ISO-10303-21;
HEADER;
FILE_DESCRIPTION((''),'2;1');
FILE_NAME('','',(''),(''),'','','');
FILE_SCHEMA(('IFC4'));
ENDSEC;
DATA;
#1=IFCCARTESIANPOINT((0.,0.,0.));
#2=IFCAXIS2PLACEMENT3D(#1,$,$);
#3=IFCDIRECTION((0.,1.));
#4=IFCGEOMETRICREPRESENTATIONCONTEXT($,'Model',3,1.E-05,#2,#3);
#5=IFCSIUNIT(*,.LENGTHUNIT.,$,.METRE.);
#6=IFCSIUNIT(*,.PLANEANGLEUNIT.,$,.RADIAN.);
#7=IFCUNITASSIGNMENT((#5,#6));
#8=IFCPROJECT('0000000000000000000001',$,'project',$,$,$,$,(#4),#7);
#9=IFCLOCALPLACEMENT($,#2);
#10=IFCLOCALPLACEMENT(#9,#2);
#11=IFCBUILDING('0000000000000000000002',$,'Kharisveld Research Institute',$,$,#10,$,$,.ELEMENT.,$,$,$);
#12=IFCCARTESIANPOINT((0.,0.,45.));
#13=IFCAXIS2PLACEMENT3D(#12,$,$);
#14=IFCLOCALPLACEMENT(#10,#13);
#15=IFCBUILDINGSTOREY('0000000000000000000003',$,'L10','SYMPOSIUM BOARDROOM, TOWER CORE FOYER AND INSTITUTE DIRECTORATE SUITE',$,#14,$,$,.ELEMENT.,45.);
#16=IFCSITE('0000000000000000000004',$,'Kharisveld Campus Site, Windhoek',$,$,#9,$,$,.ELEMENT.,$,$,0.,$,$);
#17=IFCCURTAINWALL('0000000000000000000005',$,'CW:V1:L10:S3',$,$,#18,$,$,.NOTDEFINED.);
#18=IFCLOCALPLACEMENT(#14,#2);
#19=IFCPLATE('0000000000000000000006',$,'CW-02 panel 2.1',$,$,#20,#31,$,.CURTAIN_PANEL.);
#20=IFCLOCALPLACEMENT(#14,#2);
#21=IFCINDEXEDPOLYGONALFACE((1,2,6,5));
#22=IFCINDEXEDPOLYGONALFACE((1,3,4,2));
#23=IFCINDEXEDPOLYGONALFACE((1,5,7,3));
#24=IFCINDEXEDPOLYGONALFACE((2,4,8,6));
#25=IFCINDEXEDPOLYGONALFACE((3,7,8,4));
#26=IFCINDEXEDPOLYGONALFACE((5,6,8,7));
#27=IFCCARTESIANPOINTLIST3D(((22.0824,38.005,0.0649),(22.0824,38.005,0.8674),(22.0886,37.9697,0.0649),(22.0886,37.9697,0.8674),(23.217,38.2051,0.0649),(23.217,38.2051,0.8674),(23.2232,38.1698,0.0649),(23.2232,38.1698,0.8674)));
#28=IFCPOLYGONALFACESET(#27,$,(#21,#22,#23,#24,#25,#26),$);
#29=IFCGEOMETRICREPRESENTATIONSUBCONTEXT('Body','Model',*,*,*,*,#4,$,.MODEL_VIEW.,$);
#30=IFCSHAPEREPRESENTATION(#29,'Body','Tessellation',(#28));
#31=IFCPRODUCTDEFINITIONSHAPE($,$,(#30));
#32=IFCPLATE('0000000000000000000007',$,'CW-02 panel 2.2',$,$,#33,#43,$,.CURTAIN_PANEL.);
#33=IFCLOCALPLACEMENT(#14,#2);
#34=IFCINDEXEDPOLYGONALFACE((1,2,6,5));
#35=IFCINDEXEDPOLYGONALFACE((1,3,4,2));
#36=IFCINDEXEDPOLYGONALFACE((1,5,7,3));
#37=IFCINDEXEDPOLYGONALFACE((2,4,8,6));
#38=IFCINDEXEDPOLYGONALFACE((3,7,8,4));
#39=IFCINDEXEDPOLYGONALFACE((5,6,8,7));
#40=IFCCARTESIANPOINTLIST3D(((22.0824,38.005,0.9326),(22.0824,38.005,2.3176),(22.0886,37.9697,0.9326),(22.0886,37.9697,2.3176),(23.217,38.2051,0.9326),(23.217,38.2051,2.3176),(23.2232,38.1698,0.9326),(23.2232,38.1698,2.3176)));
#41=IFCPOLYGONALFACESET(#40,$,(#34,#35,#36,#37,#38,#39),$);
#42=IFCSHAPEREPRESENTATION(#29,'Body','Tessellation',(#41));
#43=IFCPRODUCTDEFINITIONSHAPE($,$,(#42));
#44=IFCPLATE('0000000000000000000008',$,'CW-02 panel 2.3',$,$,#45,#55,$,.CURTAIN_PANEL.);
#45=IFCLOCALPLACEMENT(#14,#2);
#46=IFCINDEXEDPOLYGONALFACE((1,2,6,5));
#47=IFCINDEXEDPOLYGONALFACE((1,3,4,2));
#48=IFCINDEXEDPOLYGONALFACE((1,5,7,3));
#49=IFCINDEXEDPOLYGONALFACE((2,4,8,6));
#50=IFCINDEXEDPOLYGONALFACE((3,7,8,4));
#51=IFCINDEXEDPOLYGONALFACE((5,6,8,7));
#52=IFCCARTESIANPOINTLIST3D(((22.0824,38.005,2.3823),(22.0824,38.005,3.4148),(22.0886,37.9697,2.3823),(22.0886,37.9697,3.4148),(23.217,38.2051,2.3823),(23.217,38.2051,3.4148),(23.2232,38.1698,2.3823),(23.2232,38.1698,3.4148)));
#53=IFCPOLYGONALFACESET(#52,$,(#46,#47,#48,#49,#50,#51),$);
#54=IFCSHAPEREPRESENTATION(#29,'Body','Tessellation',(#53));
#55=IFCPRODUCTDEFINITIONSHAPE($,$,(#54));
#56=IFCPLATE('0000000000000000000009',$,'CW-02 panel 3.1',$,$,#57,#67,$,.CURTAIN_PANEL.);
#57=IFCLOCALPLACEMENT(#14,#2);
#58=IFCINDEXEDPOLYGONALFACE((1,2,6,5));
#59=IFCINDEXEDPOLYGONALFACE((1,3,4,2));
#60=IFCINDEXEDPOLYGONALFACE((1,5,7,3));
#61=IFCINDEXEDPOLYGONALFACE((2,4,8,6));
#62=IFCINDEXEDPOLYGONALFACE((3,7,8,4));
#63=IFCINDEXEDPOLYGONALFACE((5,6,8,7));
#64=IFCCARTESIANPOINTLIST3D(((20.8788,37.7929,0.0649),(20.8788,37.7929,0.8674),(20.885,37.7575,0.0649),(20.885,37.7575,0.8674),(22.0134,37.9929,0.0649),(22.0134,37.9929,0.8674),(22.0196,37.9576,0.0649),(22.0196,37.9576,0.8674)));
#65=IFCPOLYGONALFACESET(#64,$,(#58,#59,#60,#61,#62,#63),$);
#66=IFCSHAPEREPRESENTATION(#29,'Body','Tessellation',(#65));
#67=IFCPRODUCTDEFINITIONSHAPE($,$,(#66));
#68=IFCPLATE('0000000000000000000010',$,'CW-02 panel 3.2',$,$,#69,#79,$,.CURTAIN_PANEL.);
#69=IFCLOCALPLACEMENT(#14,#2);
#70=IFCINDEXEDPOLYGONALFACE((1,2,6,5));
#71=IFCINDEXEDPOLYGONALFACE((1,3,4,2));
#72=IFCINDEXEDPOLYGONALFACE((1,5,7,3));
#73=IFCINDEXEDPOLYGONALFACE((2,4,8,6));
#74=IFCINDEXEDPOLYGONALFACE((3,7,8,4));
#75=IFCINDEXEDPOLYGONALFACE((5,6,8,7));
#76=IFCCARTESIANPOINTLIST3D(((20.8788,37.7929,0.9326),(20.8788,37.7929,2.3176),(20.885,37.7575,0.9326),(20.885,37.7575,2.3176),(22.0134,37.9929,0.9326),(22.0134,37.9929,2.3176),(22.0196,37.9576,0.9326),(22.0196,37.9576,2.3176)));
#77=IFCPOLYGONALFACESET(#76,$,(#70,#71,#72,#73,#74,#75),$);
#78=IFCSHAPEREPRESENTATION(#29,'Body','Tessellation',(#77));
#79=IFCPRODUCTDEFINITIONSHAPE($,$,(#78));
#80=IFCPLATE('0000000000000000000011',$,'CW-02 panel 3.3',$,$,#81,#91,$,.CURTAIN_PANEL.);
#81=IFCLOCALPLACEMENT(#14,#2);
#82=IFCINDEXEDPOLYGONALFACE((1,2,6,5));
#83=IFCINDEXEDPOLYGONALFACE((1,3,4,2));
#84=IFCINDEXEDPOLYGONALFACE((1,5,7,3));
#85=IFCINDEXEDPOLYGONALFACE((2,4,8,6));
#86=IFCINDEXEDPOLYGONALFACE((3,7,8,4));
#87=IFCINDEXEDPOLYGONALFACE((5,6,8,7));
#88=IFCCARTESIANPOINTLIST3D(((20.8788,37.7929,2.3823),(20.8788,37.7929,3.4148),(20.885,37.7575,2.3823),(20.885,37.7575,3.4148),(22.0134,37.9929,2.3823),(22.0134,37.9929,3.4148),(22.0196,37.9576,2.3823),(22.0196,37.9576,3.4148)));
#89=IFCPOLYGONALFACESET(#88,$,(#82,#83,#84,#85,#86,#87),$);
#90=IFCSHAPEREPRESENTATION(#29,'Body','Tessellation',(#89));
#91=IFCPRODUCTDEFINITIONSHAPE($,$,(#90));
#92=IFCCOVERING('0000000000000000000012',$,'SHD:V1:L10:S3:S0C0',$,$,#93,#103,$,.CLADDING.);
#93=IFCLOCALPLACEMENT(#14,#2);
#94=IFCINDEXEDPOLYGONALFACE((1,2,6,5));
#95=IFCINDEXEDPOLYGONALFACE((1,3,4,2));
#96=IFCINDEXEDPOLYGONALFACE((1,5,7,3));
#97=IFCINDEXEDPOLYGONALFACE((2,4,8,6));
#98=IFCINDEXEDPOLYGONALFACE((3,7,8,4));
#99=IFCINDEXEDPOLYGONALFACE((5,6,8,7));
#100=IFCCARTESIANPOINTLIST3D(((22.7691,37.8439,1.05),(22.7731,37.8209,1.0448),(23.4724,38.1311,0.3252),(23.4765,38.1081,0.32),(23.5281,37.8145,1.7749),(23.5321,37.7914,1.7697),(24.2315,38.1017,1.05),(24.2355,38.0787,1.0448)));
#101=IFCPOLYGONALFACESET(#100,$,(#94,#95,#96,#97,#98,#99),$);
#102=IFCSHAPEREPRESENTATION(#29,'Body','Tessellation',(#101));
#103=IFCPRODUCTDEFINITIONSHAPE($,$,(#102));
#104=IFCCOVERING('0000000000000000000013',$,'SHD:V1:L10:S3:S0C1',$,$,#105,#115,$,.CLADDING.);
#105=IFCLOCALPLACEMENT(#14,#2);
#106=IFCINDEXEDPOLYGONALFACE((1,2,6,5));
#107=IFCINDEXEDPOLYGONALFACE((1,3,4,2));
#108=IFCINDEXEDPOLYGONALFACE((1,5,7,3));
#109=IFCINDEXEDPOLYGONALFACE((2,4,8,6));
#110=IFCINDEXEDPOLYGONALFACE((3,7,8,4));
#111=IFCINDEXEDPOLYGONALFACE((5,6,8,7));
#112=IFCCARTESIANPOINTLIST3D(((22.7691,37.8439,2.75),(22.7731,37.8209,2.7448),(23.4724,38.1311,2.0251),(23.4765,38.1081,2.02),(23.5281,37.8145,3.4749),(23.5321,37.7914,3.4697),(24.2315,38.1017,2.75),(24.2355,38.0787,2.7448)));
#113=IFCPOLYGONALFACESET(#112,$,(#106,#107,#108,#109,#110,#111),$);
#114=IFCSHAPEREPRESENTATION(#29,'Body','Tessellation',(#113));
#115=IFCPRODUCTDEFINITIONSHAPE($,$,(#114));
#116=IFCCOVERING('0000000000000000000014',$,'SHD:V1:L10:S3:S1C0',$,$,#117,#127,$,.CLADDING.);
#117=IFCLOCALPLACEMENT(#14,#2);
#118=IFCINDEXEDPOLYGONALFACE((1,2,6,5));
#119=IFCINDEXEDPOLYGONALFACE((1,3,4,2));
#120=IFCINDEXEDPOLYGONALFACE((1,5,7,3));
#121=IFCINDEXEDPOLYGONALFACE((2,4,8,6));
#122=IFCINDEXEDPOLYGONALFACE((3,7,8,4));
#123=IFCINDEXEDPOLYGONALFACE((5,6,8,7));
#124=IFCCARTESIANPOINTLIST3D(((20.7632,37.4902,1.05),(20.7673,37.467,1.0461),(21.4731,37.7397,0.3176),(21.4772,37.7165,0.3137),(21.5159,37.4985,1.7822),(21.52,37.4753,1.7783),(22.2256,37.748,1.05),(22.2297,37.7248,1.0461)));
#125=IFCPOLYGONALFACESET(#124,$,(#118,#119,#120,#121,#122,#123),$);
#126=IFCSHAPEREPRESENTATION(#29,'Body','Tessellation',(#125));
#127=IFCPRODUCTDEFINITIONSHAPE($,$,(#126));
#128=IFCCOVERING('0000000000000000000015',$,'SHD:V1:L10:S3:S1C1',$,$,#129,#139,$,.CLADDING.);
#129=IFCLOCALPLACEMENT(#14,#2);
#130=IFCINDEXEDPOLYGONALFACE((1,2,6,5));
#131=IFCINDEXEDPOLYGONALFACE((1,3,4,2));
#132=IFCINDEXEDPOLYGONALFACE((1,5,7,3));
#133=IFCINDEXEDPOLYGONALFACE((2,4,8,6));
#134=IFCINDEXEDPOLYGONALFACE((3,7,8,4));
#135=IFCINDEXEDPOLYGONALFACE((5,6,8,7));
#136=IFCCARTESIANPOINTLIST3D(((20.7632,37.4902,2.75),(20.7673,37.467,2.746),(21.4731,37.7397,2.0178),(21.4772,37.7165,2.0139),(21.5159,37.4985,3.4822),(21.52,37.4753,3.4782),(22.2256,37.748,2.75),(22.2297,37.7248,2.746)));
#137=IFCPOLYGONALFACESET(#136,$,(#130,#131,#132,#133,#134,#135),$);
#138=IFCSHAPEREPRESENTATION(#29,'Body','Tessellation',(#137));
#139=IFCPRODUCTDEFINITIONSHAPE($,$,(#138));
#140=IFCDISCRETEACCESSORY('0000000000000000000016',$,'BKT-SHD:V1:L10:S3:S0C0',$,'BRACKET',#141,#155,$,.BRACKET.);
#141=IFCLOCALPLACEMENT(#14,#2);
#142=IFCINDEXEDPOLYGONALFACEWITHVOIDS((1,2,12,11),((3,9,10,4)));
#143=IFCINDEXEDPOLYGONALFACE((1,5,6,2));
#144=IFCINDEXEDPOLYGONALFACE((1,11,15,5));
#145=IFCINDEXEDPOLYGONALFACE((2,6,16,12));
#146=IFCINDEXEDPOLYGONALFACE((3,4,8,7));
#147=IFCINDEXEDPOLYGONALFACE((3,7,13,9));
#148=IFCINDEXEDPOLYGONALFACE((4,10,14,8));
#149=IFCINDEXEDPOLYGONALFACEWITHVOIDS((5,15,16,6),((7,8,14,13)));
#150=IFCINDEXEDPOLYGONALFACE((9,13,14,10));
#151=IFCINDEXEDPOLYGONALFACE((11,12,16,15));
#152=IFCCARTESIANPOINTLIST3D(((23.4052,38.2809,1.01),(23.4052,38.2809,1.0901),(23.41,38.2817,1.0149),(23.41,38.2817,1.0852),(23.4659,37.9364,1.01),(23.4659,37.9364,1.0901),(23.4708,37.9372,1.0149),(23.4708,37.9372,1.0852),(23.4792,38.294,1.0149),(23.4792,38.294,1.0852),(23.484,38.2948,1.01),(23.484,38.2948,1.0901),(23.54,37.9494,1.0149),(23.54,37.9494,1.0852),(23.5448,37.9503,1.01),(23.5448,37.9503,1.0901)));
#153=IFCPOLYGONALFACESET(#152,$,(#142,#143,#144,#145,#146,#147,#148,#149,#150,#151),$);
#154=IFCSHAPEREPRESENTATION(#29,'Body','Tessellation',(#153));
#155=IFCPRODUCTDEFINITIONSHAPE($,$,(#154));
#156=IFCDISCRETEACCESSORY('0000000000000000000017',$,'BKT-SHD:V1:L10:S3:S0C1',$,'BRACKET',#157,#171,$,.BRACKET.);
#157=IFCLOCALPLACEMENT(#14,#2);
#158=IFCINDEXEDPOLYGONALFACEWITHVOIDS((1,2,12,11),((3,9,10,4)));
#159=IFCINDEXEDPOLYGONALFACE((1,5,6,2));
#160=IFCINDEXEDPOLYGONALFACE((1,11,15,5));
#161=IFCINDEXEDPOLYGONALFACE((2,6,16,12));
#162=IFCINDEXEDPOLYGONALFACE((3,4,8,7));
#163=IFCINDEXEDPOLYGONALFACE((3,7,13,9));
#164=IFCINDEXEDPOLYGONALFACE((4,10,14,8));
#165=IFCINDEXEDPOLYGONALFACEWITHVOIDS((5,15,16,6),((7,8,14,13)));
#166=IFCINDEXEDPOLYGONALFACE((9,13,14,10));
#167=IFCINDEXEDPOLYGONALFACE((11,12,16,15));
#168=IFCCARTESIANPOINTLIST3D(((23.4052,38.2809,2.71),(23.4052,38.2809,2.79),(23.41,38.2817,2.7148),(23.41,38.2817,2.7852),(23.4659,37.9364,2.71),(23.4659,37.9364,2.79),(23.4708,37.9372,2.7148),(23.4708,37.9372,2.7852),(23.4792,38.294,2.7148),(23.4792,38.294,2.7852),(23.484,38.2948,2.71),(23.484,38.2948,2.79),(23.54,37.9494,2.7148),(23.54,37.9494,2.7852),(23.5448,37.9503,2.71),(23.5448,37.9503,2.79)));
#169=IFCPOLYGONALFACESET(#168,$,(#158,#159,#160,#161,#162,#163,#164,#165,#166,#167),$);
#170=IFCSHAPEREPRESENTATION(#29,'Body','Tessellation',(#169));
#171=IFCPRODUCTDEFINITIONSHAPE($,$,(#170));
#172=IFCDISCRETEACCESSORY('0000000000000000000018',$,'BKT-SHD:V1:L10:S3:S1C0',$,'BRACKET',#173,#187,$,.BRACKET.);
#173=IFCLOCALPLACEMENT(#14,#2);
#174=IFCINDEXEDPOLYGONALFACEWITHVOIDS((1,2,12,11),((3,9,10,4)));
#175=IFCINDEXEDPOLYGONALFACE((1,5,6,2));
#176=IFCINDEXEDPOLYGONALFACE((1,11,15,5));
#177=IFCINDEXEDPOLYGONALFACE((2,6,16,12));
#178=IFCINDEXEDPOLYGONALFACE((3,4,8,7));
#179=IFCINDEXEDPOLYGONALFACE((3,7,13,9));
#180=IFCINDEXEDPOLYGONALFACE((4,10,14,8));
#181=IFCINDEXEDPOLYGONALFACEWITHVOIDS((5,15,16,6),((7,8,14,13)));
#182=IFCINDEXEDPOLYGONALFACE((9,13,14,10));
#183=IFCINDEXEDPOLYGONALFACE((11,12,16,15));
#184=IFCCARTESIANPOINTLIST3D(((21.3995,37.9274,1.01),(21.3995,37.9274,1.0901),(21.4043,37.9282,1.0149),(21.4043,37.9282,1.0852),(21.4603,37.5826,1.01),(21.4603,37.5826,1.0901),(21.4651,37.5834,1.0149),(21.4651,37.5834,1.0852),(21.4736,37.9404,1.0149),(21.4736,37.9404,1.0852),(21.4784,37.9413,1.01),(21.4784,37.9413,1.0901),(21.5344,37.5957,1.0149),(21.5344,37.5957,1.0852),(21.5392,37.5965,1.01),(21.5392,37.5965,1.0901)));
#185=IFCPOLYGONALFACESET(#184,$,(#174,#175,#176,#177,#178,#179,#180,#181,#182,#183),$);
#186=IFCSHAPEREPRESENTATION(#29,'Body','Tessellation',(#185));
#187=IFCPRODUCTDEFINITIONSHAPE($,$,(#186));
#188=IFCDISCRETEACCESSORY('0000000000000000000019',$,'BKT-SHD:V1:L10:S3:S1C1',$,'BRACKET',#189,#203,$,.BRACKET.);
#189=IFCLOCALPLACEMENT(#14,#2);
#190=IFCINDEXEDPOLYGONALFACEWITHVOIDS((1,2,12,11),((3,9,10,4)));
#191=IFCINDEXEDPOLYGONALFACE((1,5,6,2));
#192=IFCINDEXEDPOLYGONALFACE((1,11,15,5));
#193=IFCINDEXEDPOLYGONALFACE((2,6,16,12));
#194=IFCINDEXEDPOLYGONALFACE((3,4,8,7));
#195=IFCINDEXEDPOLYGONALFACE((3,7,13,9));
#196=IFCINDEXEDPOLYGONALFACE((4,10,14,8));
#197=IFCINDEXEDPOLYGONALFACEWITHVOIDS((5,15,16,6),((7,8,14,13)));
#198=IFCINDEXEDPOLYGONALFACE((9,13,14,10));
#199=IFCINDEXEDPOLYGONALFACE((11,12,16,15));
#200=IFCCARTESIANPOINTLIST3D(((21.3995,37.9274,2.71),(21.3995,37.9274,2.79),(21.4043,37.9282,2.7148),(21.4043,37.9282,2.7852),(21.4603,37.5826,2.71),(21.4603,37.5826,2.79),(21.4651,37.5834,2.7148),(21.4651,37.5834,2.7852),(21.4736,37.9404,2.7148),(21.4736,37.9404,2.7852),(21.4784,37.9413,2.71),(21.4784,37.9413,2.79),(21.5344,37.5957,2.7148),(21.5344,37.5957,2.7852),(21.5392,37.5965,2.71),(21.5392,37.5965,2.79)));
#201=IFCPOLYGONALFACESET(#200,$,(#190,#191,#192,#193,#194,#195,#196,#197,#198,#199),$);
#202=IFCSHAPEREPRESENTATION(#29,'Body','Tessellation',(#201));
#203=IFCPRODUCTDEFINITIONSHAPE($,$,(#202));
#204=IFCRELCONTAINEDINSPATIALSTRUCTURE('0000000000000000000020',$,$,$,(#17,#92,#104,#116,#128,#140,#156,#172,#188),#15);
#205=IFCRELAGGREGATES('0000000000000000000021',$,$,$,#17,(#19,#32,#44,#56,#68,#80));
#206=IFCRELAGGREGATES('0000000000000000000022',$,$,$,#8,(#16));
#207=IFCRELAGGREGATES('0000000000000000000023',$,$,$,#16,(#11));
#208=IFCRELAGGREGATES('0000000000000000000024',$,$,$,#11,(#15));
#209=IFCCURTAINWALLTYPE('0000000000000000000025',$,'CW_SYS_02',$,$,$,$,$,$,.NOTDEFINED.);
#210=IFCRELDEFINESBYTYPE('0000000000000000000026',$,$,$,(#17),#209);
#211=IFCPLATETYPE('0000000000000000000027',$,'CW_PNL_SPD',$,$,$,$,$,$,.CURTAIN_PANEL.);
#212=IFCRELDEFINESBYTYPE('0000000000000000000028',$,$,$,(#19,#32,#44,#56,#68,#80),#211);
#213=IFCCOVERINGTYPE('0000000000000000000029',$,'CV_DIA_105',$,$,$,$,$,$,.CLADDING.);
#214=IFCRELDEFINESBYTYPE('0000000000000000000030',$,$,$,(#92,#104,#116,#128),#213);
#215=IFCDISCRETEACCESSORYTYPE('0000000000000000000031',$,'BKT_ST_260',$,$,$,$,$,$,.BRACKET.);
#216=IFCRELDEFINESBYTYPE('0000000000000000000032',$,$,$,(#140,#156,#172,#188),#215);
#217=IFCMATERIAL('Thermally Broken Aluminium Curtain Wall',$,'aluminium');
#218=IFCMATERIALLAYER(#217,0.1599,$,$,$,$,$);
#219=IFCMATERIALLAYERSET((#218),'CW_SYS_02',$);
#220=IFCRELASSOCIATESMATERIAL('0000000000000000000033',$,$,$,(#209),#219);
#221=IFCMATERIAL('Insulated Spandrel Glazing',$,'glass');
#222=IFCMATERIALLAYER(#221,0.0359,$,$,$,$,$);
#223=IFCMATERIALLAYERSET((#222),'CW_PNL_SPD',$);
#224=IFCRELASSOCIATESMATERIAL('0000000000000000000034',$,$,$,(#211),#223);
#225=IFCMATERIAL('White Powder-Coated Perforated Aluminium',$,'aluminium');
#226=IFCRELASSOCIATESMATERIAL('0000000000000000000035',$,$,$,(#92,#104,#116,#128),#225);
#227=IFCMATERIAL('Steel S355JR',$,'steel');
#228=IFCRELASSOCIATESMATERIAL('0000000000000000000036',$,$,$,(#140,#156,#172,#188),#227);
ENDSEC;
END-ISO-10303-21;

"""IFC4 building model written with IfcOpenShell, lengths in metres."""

from ifc_helpers import new_model, si_unit, direction, frame, origin, origin_2d, place, context, subcontext, project, spatial, polyline, rectangle, hollow_rectangle, outline, extrude, material, layer, layer_set, type_object, element, aggregate, save


model = new_model("IFC4")

# Units and contexts
model_context = context("Model", 3, precision=1e-05, world=origin(), true_north=direction((0.0, 1.0)))
body_context = subcontext(model_context, "Body", "Model", "MODEL_VIEW")
ifc_project = project(units=[si_unit("LENGTHUNIT", "METRE"), si_unit("PLANEANGLEUNIT", "RADIAN")], contexts=[model_context])

# Site, building, storey
site_placement = place(None, origin())
site = spatial("IfcSite", under=ifc_project, at=site_placement, Name="Kharisveld Campus Site, Windhoek", CompositionType="ELEMENT", RefElevation=0.0)
building_placement = place(site_placement, origin())
building = spatial("IfcBuilding", under=site, at=building_placement, Name="Kharisveld Research Institute", CompositionType="ELEMENT")
storey_placement = place(building_placement, frame((0.0, 0.0, 45.0)))
storey = spatial("IfcBuildingStorey", under=building, at=storey_placement, Name="L10", Description="SYMPOSIUM BOARDROOM, TOWER CORE FOYER AND INSTITUTE DIRECTORATE SUITE", CompositionType="ELEMENT", Elevation=45.0)

# Curtain wall, plates
ifc_material_1 = material(Name="Thermally Broken Aluminium Curtain Wall", Category="aluminium")
ifc_layer_1 = layer(ifc_material_1, 0.1599)
ifc_layer_set_1 = layer_set([ifc_layer_1], Name="CW_SYS_02")
curtain_wall_type = type_object("IfcCurtainWallType", Name="CW_SYS_02", PredefinedType="NOTDEFINED", material=ifc_layer_set_1)
curtain_wall_placement = place(storey_placement, origin())
curtain_wall = element("IfcCurtainWall", 1, at=curtain_wall_placement, inside=storey, type_object=curtain_wall_type, Name="CW:V1:L10:S3", PredefinedType="NOTDEFINED")
ifc_material_2 = material(Name="Insulated Spandrel Glazing", Category="glass")
ifc_layer_2 = layer(ifc_material_2, 0.0359)
ifc_layer_set_2 = layer_set([ifc_layer_2], Name="CW_PNL_SPD")
plate_type = type_object("IfcPlateType", Name="CW_PNL_SPD", PredefinedType="CURTAIN_PANEL", material=ifc_layer_set_2)
plate_1_placement = place(storey_placement, frame((22.6528, 38.0874, 0.0649), z_axis=(0.0, 0.0, 1.0), x_axis=(-0.984808, -0.173648, 0.0)))
plate_1 = element("IfcPlate", 2, at=plate_1_placement, type_object=plate_type, Name="CW-02 panel 2.1", PredefinedType="CURTAIN_PANEL", context=body_context, shape_type="SweptSolid", body=[
    extrude(rectangle(XDim=1.1521, YDim=0.0359, at=origin_2d()), origin(), (0.0, 0.0, 1.0), 0.8025),
])
plate_2_placement = place(storey_placement, frame((22.6528, 38.0874, 0.9326), z_axis=(0.0, 0.0, 1.0), x_axis=(-0.984808, -0.173648, 0.0)))
plate_2 = element("IfcPlate", 3, at=plate_2_placement, type_object=plate_type, Name="CW-02 panel 2.2", PredefinedType="CURTAIN_PANEL", context=body_context, shape_type="SweptSolid", body=[
    extrude(rectangle(XDim=1.1521, YDim=0.0359, at=origin_2d()), origin(), (0.0, 0.0, 1.0), 1.385),
])
plate_3_placement = place(storey_placement, frame((22.6528, 38.0874, 2.3823), z_axis=(0.0, 0.0, 1.0), x_axis=(-0.984808, -0.173648, 0.0)))
plate_3 = element("IfcPlate", 4, at=plate_3_placement, type_object=plate_type, Name="CW-02 panel 2.3", PredefinedType="CURTAIN_PANEL", context=body_context, shape_type="SweptSolid", body=[
    extrude(rectangle(XDim=1.1521, YDim=0.0359, at=origin_2d()), origin(), (0.0, 0.0, 1.0), 1.0325),
])
plate_4_placement = place(storey_placement, frame((21.4492, 37.8752, 0.0649), z_axis=(0.0, 0.0, 1.0), x_axis=(-0.984808, -0.173648, 0.0)))
plate_4 = element("IfcPlate", 5, at=plate_4_placement, type_object=plate_type, Name="CW-02 panel 3.1", PredefinedType="CURTAIN_PANEL", context=body_context, shape_type="SweptSolid", body=[
    extrude(rectangle(XDim=1.1521, YDim=0.0359, at=origin_2d()), origin(), (0.0, 0.0, 1.0), 0.8025),
])
plate_5_placement = place(storey_placement, frame((21.4492, 37.8752, 0.9326), z_axis=(0.0, 0.0, 1.0), x_axis=(-0.984808, -0.173648, 0.0)))
plate_5 = element("IfcPlate", 6, at=plate_5_placement, type_object=plate_type, Name="CW-02 panel 3.2", PredefinedType="CURTAIN_PANEL", context=body_context, shape_type="SweptSolid", body=[
    extrude(rectangle(XDim=1.1521, YDim=0.0359, at=origin_2d()), origin(), (0.0, 0.0, 1.0), 1.385),
])
plate_6_placement = place(storey_placement, frame((21.4492, 37.8752, 2.3823), z_axis=(0.0, 0.0, 1.0), x_axis=(-0.984808, -0.173648, 0.0)))
plate_6 = element("IfcPlate", 7, at=plate_6_placement, type_object=plate_type, Name="CW-02 panel 3.3", PredefinedType="CURTAIN_PANEL", context=body_context, shape_type="SweptSolid", body=[
    extrude(rectangle(XDim=1.1521, YDim=0.0359, at=origin_2d()), origin(), (0.0, 0.0, 1.0), 1.0325),
])
aggregate(curtain_wall, [plate_1, plate_2, plate_3, plate_4, plate_5, plate_6])

# Coverings
ifc_material_3 = material(Name="White Powder-Coated Perforated Aluminium", Category="aluminium")
covering_type = type_object("IfcCoveringType", Name="CV_DIA_105", PredefinedType="CLADDING")
for number, where, z_axis, x_axis, name in (
    (8, (23.4724, 38.1311, 0.3252), (-0.169498, 0.961453, 0.216512), (-0.669834, -0.273536, 0.69029), "SHD:V1:L10:S3:S0C0"),
    (9, (23.4724, 38.1311, 2.0251), (-0.169498, 0.961453, 0.216512), (-0.669834, -0.273536, 0.69029), "SHD:V1:L10:S3:S0C1"),
):
    element("IfcCovering", number, at=place(storey_placement, frame(where, z_axis=z_axis, x_axis=x_axis)), inside=storey, type_object=covering_type, material=ifc_material_3, Name=name, PredefinedType="CLADDING", context=body_context, shape_type="SweptSolid", body=[
        extrude(outline(polyline([(0.0, 0.0), (1.05, 0.0), (1.05, 1.05), (-0.0001, 1.05), (0.0, 0.0)])), origin(), (0.0, 0.0, -1.0), 0.0239),
    ])
covering_1_placement = place(storey_placement, frame((21.4731, 37.7397, 0.3176), z_axis=(-0.171238, 0.971321, 0.164966), x_axis=(-0.676072, -0.237642, 0.697462)))
element("IfcCovering", 10, at=covering_1_placement, inside=storey, type_object=covering_type, material=ifc_material_3, Name="SHD:V1:L10:S3:S1C0", PredefinedType="CLADDING", context=body_context, shape_type="SweptSolid", body=[
    extrude(outline(polyline([(0.0, 0.0), (1.0501, 0.0), (1.0499, 1.0501), (0.0002, 1.0501), (0.0, 0.0)])), origin(), (0.0, 0.0, -1.0), 0.0239),
])
covering_2_placement = place(storey_placement, frame((21.4731, 37.7397, 2.0178), z_axis=(-0.171237, 0.971316, 0.164993), x_axis=(-0.676185, -0.237662, 0.697345)))
element("IfcCovering", 11, at=covering_2_placement, inside=storey, type_object=covering_type, material=ifc_material_3, Name="SHD:V1:L10:S3:S1C1", PredefinedType="CLADDING", context=body_context, shape_type="SweptSolid", body=[
    extrude(outline(polyline([(0.0, 0.0), (1.0499, 0.0), (1.0496, 1.0501), (-0.0002, 1.0499), (0.0, 0.0)])), origin(), (0.0, 0.0, -1.0), 0.0239),
])

# Discrete accessories
ifc_material_4 = material(Name="Steel S355JR", Category="steel")
discrete_accessory_type = type_object("IfcDiscreteAccessoryType", Name="BKT_ST_260", PredefinedType="BRACKET")
for number, where, z_axis, x_axis, name in (
    (12, (23.4446, 38.2878, 1.05), (0.173785, -0.984784, 0.0), (0.984784, 0.173785, 0.0), "BKT-SHD:V1:L10:S3:S0C0"),
    (13, (23.4446, 38.2878, 2.75), (0.173785, -0.984784, 0.0), (0.984784, 0.173785, 0.0), "BKT-SHD:V1:L10:S3:S0C1"),
):
    element("IfcDiscreteAccessory", number, at=place(storey_placement, frame(where, z_axis=z_axis, x_axis=x_axis)), inside=storey, type_object=discrete_accessory_type, material=ifc_material_4, Name=name, ObjectType="BRACKET", PredefinedType="BRACKET", context=body_context, shape_type="SweptSolid", body=[
        extrude(hollow_rectangle(XDim=0.0801, YDim=0.0801, WallThickness=0.0049, at=origin_2d()), origin(), (0.0, 0.0, 1.0), 0.3499),
    ])
for number, where, z_axis, x_axis, name in (
    (14, (21.439, 37.9343, 1.05), (0.173666, -0.984805, 0.0), (0.984805, 0.173666, 0.0), "BKT-SHD:V1:L10:S3:S1C0"),
    (15, (21.439, 37.9343, 2.75), (0.173666, -0.984805, 0.0), (0.984805, 0.173666, 0.0), "BKT-SHD:V1:L10:S3:S1C1"),
):
    element("IfcDiscreteAccessory", number, at=place(storey_placement, frame(where, z_axis=z_axis, x_axis=x_axis)), inside=storey, type_object=discrete_accessory_type, material=ifc_material_4, Name=name, ObjectType="BRACKET", PredefinedType="BRACKET", context=body_context, shape_type="SweptSolid", body=[
        extrude(hollow_rectangle(XDim=0.0801, YDim=0.0801, WallThickness=0.0049, at=origin_2d()), origin(), (0.0, 0.0, 1.0), 0.3501),
    ])

save(model, "model.ifc")
